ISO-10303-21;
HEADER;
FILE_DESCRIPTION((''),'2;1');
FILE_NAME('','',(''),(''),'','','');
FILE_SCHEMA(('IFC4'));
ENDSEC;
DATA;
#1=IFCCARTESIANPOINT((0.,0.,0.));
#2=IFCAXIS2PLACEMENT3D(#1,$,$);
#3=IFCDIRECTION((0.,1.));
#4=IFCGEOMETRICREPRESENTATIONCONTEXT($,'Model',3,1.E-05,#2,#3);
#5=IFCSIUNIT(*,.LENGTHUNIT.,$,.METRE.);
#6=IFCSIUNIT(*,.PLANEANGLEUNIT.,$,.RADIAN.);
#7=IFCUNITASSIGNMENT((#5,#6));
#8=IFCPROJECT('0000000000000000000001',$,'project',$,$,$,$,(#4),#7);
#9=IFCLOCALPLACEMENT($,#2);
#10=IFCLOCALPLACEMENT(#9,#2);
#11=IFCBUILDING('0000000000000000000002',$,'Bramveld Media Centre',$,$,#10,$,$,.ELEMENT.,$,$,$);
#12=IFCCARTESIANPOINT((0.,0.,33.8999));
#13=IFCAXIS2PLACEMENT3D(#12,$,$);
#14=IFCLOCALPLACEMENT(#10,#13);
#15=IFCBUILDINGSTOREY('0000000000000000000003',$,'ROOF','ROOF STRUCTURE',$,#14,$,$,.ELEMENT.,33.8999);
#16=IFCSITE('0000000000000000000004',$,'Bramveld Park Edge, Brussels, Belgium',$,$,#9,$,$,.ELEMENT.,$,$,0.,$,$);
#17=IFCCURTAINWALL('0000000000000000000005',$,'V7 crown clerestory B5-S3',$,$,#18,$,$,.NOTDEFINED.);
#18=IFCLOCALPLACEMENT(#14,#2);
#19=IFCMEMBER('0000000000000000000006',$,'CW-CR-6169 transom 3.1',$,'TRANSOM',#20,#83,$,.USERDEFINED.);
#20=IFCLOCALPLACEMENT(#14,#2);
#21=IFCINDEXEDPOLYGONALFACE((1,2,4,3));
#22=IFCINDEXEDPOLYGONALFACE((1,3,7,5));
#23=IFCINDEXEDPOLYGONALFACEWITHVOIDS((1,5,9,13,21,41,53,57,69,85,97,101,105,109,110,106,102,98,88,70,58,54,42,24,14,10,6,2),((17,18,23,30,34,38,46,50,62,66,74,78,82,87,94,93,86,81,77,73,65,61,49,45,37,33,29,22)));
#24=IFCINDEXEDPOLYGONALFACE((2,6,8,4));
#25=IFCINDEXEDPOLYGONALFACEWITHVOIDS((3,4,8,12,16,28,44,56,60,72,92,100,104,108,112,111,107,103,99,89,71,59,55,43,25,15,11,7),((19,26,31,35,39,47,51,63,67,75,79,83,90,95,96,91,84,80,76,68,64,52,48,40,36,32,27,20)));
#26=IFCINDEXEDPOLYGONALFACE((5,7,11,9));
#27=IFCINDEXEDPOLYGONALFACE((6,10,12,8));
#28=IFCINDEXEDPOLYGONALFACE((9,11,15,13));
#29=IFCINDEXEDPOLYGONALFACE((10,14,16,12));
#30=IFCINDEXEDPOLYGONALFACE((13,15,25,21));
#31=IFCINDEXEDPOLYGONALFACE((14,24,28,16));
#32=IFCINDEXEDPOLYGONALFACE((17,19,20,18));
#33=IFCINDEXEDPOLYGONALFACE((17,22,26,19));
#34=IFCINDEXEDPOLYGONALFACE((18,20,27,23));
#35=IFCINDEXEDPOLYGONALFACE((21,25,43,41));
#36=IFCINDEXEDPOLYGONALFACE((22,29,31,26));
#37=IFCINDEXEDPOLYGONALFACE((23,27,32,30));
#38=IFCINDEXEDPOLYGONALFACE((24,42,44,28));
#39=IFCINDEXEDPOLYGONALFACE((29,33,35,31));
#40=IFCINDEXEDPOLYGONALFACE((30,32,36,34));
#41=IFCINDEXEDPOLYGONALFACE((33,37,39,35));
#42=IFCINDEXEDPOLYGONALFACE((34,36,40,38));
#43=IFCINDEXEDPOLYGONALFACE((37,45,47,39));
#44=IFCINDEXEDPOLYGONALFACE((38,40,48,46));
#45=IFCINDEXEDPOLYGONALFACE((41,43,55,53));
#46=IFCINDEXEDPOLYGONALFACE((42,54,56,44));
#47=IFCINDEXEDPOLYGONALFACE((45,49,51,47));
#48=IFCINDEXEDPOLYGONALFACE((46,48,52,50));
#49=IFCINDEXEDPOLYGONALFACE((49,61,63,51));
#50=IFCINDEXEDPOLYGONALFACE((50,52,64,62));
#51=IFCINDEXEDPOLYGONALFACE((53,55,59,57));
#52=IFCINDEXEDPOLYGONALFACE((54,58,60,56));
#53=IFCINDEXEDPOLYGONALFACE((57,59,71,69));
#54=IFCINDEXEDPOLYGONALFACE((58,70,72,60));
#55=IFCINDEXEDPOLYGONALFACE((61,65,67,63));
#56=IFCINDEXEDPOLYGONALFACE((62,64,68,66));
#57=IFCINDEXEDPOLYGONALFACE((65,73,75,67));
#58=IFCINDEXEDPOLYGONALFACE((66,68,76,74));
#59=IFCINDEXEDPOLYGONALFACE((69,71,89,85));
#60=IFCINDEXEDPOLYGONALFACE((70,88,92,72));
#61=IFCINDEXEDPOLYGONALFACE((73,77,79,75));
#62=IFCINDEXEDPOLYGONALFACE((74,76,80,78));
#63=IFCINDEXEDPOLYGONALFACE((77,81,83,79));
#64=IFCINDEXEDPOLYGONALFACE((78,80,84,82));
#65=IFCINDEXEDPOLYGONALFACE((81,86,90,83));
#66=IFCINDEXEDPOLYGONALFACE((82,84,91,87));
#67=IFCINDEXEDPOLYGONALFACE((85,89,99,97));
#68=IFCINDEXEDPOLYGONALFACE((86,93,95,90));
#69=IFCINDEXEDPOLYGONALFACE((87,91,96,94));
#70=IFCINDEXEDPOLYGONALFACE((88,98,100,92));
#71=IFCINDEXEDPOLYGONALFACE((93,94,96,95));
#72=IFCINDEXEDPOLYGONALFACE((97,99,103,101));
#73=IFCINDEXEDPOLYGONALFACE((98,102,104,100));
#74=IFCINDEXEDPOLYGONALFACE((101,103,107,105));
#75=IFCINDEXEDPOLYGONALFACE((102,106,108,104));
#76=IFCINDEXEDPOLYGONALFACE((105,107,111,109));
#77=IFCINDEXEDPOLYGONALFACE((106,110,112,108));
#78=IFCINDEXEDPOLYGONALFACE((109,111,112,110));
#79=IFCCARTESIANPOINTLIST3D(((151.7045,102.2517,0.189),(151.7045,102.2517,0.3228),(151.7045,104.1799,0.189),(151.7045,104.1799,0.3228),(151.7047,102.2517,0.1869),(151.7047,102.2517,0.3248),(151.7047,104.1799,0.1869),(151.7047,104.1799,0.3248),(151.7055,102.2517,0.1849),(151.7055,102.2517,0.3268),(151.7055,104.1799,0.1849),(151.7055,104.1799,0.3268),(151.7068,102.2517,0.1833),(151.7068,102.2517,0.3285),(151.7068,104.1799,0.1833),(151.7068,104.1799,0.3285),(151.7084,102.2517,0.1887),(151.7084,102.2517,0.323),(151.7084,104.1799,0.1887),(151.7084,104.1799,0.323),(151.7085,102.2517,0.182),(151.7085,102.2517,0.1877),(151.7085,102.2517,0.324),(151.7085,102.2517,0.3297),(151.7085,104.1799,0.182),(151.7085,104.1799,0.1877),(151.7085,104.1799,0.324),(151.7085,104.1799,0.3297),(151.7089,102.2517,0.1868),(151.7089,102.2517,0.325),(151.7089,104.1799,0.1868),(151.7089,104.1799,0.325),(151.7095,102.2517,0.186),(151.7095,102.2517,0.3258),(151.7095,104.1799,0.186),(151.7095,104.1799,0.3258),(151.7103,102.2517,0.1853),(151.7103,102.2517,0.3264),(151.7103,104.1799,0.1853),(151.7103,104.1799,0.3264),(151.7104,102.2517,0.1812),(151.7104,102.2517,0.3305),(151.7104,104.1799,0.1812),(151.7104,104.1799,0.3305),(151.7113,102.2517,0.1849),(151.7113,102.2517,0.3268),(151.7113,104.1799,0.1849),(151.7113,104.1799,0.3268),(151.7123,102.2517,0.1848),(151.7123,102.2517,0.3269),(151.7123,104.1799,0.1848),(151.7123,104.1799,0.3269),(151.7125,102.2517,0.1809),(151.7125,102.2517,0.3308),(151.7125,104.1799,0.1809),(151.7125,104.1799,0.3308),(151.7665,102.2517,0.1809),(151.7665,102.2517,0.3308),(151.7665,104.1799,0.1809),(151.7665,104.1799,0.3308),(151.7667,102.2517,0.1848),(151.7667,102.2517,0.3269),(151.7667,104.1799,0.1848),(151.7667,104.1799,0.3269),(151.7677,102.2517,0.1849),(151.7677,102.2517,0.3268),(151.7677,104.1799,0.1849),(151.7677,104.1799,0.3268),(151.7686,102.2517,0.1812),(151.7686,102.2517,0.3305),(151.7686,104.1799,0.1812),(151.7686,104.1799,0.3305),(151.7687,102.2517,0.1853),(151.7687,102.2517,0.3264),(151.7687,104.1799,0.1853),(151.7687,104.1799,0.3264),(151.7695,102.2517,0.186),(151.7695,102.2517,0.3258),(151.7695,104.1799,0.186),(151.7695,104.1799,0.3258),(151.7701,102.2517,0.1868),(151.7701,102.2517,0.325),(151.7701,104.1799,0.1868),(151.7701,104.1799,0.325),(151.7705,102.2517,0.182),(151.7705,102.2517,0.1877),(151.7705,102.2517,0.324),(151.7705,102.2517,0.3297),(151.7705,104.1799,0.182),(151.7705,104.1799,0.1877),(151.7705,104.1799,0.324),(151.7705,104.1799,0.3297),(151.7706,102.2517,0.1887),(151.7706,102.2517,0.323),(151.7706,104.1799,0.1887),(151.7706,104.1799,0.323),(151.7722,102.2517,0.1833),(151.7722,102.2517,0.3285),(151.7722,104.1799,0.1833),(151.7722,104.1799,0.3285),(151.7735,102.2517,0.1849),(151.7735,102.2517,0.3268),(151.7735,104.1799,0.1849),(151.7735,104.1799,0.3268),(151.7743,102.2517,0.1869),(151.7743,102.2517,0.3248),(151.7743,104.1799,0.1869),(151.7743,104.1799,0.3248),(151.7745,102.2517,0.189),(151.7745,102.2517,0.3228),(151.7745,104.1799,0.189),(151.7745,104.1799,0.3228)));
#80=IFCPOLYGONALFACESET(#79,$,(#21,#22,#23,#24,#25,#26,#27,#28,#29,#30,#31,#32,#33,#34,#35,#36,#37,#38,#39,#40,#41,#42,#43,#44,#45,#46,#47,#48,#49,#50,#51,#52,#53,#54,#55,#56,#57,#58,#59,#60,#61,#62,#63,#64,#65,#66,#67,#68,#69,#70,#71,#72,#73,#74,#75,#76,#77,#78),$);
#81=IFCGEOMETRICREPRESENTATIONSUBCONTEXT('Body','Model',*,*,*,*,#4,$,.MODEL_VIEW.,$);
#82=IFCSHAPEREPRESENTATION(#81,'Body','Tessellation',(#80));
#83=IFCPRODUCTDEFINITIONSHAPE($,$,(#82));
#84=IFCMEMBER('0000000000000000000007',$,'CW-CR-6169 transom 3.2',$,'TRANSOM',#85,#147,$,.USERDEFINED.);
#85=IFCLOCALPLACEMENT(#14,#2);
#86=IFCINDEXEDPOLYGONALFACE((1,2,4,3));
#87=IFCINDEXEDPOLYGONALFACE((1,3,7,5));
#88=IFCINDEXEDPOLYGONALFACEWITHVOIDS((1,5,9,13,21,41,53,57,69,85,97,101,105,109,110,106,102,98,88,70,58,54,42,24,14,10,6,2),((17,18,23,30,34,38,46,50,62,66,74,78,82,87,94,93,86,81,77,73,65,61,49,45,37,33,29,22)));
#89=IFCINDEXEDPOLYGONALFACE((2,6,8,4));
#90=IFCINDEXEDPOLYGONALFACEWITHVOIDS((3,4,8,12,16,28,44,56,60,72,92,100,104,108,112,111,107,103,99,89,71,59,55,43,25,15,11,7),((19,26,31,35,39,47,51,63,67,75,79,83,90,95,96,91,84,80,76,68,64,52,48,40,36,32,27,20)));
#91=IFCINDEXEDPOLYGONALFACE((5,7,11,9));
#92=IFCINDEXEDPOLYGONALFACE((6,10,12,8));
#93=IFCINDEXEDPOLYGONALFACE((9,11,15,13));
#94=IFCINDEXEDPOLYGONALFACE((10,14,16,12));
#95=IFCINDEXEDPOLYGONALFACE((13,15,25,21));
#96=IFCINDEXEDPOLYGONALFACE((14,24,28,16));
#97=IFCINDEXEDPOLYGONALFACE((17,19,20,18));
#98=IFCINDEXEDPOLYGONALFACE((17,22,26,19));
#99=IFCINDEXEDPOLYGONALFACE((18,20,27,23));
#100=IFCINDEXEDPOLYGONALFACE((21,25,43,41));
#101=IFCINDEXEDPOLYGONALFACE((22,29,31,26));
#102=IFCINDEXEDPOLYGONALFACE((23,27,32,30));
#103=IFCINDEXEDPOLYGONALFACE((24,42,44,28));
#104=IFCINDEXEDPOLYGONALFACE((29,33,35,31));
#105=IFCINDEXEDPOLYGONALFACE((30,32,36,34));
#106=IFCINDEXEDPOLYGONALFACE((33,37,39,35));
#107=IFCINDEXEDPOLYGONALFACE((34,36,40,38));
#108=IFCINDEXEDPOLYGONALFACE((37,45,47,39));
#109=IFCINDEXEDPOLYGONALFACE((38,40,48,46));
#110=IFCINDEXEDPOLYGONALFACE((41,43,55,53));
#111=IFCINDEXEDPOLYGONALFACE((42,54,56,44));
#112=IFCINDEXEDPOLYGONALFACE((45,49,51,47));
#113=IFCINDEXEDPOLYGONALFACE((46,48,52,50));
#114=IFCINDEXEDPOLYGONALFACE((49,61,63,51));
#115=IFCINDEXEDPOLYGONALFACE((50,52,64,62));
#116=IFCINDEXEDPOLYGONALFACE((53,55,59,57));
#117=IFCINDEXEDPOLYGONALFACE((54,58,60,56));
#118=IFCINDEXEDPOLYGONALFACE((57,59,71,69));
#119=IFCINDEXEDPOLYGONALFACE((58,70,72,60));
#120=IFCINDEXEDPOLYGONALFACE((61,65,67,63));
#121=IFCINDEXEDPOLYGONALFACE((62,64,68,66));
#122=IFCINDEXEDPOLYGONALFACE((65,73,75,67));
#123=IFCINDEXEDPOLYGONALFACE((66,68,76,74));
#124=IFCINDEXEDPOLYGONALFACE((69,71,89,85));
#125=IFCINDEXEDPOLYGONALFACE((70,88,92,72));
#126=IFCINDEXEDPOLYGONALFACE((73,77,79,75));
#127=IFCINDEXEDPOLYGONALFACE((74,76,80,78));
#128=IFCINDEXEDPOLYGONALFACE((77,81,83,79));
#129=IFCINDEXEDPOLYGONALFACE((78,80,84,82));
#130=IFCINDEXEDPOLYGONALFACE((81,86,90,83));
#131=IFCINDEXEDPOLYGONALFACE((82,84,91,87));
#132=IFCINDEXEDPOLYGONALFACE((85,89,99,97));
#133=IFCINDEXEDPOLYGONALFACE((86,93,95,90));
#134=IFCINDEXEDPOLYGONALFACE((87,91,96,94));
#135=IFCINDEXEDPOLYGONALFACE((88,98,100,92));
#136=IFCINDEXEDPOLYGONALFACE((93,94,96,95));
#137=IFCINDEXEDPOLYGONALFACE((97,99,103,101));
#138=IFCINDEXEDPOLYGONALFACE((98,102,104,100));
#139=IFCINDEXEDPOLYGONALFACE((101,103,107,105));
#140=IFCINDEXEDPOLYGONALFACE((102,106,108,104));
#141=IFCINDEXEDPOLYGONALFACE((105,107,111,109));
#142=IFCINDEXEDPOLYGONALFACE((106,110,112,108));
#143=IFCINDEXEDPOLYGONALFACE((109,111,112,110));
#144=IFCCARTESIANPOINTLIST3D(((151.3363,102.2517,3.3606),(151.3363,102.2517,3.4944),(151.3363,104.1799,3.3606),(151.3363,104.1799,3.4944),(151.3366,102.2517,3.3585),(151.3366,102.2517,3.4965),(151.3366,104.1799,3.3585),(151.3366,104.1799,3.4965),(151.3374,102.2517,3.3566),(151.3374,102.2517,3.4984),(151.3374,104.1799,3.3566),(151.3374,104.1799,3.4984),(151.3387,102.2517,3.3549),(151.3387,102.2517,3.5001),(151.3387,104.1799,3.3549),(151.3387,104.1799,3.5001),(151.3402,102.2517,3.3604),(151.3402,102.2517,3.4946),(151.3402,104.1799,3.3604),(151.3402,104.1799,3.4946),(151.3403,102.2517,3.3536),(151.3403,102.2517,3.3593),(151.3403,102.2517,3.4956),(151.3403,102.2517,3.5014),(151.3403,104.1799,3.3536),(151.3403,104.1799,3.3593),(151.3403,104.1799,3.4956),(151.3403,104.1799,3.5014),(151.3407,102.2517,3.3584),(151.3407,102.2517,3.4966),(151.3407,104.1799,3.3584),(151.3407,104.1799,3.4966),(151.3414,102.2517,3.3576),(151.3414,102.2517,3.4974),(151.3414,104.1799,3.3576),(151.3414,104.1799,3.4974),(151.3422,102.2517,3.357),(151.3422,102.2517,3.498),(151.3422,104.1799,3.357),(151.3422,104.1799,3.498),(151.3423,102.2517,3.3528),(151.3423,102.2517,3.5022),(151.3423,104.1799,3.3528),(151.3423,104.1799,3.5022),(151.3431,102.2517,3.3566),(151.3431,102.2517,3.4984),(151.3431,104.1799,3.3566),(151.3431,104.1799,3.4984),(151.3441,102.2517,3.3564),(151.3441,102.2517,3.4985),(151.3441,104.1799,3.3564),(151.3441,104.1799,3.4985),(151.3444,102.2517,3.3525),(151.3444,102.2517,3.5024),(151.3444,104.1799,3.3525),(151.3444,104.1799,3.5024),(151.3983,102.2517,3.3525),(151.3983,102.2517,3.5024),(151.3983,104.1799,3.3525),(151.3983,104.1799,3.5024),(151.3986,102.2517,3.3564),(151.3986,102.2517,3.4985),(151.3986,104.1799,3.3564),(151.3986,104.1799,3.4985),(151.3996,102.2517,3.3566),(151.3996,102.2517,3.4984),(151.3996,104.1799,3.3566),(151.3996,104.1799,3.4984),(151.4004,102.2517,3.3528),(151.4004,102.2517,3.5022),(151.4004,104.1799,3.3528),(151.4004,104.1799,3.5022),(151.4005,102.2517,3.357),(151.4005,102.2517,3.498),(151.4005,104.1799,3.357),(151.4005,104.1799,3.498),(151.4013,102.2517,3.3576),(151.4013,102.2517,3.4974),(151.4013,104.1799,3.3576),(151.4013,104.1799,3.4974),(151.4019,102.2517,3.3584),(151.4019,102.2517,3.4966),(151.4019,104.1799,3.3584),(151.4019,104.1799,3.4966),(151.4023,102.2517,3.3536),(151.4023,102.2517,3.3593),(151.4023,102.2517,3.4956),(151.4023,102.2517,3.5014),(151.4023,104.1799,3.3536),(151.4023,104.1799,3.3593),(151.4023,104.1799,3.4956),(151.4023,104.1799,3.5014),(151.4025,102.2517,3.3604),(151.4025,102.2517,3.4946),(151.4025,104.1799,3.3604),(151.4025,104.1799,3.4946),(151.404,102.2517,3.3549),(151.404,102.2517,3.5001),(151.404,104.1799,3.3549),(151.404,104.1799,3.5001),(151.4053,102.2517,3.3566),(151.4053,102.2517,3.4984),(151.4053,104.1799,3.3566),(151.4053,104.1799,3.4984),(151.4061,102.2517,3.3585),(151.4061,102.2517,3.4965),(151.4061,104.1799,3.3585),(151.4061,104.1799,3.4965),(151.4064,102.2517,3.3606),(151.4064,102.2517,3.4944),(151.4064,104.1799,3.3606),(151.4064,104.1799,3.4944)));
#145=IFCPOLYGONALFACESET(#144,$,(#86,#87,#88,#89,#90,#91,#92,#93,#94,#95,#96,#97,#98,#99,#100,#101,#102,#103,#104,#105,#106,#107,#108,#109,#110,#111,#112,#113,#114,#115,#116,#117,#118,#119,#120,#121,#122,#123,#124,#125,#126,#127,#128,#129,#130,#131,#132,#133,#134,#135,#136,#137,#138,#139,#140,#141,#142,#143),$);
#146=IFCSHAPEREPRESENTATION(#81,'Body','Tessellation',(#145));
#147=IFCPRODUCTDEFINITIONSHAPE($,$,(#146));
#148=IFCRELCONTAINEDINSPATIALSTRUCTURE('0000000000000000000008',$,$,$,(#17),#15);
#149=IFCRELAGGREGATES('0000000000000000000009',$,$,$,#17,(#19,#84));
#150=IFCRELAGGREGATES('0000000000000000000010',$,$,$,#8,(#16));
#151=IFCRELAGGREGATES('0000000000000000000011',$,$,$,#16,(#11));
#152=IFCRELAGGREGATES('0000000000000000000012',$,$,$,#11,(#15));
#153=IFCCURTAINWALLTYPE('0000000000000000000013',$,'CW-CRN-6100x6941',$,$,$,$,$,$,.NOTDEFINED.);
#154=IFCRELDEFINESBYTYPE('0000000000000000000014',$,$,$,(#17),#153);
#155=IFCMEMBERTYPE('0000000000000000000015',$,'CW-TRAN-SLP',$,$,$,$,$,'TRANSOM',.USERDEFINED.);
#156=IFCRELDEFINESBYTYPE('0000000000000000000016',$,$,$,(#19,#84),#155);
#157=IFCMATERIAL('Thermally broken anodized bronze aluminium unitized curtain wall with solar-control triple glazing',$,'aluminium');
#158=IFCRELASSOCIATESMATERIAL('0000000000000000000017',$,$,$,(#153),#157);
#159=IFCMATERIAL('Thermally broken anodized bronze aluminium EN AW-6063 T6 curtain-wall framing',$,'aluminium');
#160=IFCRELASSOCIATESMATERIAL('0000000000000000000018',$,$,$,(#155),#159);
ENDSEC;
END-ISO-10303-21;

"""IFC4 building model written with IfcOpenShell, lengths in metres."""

from ifc_helpers import new_model, si_unit, direction, frame, origin, origin_2d, place, context, subcontext, project, spatial, hollow_rectangle, extrude, material, material_profile, profile_set, type_object, element, aggregate, save


model = new_model("IFC4")

# Units and contexts
model_context = context("Model", 3, precision=1e-05, world=origin(), true_north=direction((0.0, 1.0)))
body_context = subcontext(model_context, "Body", "Model", "MODEL_VIEW")
ifc_project = project(units=[si_unit("LENGTHUNIT", "METRE"), si_unit("PLANEANGLEUNIT", "RADIAN")], contexts=[model_context])

# Site, building, storey
site_placement = place(None, origin())
site = spatial("IfcSite", under=ifc_project, at=site_placement, Name="Bramveld Park Edge, Brussels, Belgium", CompositionType="ELEMENT", RefElevation=0.0)
building_placement = place(site_placement, origin())
building = spatial("IfcBuilding", under=site, at=building_placement, Name="Bramveld Media Centre", CompositionType="ELEMENT")
storey_placement = place(building_placement, frame((0.0, 0.0, 33.8999)))
storey = spatial("IfcBuildingStorey", under=building, at=storey_placement, Name="ROOF", Description="ROOF STRUCTURE", CompositionType="ELEMENT", Elevation=33.8999)

# Curtain wall, members
ifc_material_1 = material(Name="Thermally broken anodized bronze aluminium unitized curtain wall with solar-control triple glazing", Category="aluminium")
curtain_wall_type = type_object("IfcCurtainWallType", Name="CW-CRN-6100x6941", PredefinedType="NOTDEFINED", material=ifc_material_1)
curtain_wall_placement = place(storey_placement, origin())
curtain_wall = element("IfcCurtainWall", 1, at=curtain_wall_placement, inside=storey, type_object=curtain_wall_type, Name="V7 crown clerestory B5-S3", PredefinedType="NOTDEFINED")
ifc_material_2 = material(Name="Thermally broken anodized bronze aluminium EN AW-6063 T6 curtain-wall framing", Category="aluminium")
ifc_material_profile_1 = material_profile(ifc_material_2, hollow_rectangle(XDim=0.0701, YDim=0.1499, WallThickness=0.0039, InnerFilletRadius=0.0039, OuterFilletRadius=0.0081, at=origin_2d()), Name="AL-TRAN 70x150")
ifc_profile_set_1 = profile_set([ifc_material_profile_1], Name="Thermally broken anodized bronze aluminium EN AW-6063 T6 curtain-wall framing")
member_type_1 = type_object("IfcMemberType", Name="CW-TRAN-SLP", ElementType="TRANSOM", PredefinedType="USERDEFINED", material=ifc_profile_set_1)
member_1_placement = place(storey_placement, frame((151.7395, 102.2517, 0.2559), z_axis=(0.0, 1.0, 0.0), x_axis=(-1.0, 0.0, 0.0)))
member_1 = element("IfcMember", 2, at=member_1_placement, type_object=member_type_1, Name="CW-CR-6169 transom 3.1", ObjectType="TRANSOM", PredefinedType="USERDEFINED", context=body_context, shape_type="SweptSolid", body=[
    extrude(hollow_rectangle(XDim=0.0701, YDim=0.1499, WallThickness=0.0039, InnerFilletRadius=0.0039, OuterFilletRadius=0.0081, at=origin_2d()), origin(), (0.0, 0.0, 1.0), 1.9282),
])
member_2_placement = place(storey_placement, frame((151.3713, 102.2517, 3.4275), z_axis=(0.0, 1.0, 0.0), x_axis=(-1.0, 0.0, 0.0)))
member_2 = element("IfcMember", 3, at=member_2_placement, type_object=member_type_1, Name="CW-CR-6169 transom 3.2", ObjectType="TRANSOM", PredefinedType="USERDEFINED", context=body_context, shape_type="SweptSolid", body=[
    extrude(hollow_rectangle(XDim=0.0701, YDim=0.1499, WallThickness=0.0039, InnerFilletRadius=0.0039, OuterFilletRadius=0.0081, at=origin_2d()), origin(), (0.0, 0.0, 1.0), 1.9282),
])

aggregate(curtain_wall, [member_1, member_2])

save(model, "model.ifc")
